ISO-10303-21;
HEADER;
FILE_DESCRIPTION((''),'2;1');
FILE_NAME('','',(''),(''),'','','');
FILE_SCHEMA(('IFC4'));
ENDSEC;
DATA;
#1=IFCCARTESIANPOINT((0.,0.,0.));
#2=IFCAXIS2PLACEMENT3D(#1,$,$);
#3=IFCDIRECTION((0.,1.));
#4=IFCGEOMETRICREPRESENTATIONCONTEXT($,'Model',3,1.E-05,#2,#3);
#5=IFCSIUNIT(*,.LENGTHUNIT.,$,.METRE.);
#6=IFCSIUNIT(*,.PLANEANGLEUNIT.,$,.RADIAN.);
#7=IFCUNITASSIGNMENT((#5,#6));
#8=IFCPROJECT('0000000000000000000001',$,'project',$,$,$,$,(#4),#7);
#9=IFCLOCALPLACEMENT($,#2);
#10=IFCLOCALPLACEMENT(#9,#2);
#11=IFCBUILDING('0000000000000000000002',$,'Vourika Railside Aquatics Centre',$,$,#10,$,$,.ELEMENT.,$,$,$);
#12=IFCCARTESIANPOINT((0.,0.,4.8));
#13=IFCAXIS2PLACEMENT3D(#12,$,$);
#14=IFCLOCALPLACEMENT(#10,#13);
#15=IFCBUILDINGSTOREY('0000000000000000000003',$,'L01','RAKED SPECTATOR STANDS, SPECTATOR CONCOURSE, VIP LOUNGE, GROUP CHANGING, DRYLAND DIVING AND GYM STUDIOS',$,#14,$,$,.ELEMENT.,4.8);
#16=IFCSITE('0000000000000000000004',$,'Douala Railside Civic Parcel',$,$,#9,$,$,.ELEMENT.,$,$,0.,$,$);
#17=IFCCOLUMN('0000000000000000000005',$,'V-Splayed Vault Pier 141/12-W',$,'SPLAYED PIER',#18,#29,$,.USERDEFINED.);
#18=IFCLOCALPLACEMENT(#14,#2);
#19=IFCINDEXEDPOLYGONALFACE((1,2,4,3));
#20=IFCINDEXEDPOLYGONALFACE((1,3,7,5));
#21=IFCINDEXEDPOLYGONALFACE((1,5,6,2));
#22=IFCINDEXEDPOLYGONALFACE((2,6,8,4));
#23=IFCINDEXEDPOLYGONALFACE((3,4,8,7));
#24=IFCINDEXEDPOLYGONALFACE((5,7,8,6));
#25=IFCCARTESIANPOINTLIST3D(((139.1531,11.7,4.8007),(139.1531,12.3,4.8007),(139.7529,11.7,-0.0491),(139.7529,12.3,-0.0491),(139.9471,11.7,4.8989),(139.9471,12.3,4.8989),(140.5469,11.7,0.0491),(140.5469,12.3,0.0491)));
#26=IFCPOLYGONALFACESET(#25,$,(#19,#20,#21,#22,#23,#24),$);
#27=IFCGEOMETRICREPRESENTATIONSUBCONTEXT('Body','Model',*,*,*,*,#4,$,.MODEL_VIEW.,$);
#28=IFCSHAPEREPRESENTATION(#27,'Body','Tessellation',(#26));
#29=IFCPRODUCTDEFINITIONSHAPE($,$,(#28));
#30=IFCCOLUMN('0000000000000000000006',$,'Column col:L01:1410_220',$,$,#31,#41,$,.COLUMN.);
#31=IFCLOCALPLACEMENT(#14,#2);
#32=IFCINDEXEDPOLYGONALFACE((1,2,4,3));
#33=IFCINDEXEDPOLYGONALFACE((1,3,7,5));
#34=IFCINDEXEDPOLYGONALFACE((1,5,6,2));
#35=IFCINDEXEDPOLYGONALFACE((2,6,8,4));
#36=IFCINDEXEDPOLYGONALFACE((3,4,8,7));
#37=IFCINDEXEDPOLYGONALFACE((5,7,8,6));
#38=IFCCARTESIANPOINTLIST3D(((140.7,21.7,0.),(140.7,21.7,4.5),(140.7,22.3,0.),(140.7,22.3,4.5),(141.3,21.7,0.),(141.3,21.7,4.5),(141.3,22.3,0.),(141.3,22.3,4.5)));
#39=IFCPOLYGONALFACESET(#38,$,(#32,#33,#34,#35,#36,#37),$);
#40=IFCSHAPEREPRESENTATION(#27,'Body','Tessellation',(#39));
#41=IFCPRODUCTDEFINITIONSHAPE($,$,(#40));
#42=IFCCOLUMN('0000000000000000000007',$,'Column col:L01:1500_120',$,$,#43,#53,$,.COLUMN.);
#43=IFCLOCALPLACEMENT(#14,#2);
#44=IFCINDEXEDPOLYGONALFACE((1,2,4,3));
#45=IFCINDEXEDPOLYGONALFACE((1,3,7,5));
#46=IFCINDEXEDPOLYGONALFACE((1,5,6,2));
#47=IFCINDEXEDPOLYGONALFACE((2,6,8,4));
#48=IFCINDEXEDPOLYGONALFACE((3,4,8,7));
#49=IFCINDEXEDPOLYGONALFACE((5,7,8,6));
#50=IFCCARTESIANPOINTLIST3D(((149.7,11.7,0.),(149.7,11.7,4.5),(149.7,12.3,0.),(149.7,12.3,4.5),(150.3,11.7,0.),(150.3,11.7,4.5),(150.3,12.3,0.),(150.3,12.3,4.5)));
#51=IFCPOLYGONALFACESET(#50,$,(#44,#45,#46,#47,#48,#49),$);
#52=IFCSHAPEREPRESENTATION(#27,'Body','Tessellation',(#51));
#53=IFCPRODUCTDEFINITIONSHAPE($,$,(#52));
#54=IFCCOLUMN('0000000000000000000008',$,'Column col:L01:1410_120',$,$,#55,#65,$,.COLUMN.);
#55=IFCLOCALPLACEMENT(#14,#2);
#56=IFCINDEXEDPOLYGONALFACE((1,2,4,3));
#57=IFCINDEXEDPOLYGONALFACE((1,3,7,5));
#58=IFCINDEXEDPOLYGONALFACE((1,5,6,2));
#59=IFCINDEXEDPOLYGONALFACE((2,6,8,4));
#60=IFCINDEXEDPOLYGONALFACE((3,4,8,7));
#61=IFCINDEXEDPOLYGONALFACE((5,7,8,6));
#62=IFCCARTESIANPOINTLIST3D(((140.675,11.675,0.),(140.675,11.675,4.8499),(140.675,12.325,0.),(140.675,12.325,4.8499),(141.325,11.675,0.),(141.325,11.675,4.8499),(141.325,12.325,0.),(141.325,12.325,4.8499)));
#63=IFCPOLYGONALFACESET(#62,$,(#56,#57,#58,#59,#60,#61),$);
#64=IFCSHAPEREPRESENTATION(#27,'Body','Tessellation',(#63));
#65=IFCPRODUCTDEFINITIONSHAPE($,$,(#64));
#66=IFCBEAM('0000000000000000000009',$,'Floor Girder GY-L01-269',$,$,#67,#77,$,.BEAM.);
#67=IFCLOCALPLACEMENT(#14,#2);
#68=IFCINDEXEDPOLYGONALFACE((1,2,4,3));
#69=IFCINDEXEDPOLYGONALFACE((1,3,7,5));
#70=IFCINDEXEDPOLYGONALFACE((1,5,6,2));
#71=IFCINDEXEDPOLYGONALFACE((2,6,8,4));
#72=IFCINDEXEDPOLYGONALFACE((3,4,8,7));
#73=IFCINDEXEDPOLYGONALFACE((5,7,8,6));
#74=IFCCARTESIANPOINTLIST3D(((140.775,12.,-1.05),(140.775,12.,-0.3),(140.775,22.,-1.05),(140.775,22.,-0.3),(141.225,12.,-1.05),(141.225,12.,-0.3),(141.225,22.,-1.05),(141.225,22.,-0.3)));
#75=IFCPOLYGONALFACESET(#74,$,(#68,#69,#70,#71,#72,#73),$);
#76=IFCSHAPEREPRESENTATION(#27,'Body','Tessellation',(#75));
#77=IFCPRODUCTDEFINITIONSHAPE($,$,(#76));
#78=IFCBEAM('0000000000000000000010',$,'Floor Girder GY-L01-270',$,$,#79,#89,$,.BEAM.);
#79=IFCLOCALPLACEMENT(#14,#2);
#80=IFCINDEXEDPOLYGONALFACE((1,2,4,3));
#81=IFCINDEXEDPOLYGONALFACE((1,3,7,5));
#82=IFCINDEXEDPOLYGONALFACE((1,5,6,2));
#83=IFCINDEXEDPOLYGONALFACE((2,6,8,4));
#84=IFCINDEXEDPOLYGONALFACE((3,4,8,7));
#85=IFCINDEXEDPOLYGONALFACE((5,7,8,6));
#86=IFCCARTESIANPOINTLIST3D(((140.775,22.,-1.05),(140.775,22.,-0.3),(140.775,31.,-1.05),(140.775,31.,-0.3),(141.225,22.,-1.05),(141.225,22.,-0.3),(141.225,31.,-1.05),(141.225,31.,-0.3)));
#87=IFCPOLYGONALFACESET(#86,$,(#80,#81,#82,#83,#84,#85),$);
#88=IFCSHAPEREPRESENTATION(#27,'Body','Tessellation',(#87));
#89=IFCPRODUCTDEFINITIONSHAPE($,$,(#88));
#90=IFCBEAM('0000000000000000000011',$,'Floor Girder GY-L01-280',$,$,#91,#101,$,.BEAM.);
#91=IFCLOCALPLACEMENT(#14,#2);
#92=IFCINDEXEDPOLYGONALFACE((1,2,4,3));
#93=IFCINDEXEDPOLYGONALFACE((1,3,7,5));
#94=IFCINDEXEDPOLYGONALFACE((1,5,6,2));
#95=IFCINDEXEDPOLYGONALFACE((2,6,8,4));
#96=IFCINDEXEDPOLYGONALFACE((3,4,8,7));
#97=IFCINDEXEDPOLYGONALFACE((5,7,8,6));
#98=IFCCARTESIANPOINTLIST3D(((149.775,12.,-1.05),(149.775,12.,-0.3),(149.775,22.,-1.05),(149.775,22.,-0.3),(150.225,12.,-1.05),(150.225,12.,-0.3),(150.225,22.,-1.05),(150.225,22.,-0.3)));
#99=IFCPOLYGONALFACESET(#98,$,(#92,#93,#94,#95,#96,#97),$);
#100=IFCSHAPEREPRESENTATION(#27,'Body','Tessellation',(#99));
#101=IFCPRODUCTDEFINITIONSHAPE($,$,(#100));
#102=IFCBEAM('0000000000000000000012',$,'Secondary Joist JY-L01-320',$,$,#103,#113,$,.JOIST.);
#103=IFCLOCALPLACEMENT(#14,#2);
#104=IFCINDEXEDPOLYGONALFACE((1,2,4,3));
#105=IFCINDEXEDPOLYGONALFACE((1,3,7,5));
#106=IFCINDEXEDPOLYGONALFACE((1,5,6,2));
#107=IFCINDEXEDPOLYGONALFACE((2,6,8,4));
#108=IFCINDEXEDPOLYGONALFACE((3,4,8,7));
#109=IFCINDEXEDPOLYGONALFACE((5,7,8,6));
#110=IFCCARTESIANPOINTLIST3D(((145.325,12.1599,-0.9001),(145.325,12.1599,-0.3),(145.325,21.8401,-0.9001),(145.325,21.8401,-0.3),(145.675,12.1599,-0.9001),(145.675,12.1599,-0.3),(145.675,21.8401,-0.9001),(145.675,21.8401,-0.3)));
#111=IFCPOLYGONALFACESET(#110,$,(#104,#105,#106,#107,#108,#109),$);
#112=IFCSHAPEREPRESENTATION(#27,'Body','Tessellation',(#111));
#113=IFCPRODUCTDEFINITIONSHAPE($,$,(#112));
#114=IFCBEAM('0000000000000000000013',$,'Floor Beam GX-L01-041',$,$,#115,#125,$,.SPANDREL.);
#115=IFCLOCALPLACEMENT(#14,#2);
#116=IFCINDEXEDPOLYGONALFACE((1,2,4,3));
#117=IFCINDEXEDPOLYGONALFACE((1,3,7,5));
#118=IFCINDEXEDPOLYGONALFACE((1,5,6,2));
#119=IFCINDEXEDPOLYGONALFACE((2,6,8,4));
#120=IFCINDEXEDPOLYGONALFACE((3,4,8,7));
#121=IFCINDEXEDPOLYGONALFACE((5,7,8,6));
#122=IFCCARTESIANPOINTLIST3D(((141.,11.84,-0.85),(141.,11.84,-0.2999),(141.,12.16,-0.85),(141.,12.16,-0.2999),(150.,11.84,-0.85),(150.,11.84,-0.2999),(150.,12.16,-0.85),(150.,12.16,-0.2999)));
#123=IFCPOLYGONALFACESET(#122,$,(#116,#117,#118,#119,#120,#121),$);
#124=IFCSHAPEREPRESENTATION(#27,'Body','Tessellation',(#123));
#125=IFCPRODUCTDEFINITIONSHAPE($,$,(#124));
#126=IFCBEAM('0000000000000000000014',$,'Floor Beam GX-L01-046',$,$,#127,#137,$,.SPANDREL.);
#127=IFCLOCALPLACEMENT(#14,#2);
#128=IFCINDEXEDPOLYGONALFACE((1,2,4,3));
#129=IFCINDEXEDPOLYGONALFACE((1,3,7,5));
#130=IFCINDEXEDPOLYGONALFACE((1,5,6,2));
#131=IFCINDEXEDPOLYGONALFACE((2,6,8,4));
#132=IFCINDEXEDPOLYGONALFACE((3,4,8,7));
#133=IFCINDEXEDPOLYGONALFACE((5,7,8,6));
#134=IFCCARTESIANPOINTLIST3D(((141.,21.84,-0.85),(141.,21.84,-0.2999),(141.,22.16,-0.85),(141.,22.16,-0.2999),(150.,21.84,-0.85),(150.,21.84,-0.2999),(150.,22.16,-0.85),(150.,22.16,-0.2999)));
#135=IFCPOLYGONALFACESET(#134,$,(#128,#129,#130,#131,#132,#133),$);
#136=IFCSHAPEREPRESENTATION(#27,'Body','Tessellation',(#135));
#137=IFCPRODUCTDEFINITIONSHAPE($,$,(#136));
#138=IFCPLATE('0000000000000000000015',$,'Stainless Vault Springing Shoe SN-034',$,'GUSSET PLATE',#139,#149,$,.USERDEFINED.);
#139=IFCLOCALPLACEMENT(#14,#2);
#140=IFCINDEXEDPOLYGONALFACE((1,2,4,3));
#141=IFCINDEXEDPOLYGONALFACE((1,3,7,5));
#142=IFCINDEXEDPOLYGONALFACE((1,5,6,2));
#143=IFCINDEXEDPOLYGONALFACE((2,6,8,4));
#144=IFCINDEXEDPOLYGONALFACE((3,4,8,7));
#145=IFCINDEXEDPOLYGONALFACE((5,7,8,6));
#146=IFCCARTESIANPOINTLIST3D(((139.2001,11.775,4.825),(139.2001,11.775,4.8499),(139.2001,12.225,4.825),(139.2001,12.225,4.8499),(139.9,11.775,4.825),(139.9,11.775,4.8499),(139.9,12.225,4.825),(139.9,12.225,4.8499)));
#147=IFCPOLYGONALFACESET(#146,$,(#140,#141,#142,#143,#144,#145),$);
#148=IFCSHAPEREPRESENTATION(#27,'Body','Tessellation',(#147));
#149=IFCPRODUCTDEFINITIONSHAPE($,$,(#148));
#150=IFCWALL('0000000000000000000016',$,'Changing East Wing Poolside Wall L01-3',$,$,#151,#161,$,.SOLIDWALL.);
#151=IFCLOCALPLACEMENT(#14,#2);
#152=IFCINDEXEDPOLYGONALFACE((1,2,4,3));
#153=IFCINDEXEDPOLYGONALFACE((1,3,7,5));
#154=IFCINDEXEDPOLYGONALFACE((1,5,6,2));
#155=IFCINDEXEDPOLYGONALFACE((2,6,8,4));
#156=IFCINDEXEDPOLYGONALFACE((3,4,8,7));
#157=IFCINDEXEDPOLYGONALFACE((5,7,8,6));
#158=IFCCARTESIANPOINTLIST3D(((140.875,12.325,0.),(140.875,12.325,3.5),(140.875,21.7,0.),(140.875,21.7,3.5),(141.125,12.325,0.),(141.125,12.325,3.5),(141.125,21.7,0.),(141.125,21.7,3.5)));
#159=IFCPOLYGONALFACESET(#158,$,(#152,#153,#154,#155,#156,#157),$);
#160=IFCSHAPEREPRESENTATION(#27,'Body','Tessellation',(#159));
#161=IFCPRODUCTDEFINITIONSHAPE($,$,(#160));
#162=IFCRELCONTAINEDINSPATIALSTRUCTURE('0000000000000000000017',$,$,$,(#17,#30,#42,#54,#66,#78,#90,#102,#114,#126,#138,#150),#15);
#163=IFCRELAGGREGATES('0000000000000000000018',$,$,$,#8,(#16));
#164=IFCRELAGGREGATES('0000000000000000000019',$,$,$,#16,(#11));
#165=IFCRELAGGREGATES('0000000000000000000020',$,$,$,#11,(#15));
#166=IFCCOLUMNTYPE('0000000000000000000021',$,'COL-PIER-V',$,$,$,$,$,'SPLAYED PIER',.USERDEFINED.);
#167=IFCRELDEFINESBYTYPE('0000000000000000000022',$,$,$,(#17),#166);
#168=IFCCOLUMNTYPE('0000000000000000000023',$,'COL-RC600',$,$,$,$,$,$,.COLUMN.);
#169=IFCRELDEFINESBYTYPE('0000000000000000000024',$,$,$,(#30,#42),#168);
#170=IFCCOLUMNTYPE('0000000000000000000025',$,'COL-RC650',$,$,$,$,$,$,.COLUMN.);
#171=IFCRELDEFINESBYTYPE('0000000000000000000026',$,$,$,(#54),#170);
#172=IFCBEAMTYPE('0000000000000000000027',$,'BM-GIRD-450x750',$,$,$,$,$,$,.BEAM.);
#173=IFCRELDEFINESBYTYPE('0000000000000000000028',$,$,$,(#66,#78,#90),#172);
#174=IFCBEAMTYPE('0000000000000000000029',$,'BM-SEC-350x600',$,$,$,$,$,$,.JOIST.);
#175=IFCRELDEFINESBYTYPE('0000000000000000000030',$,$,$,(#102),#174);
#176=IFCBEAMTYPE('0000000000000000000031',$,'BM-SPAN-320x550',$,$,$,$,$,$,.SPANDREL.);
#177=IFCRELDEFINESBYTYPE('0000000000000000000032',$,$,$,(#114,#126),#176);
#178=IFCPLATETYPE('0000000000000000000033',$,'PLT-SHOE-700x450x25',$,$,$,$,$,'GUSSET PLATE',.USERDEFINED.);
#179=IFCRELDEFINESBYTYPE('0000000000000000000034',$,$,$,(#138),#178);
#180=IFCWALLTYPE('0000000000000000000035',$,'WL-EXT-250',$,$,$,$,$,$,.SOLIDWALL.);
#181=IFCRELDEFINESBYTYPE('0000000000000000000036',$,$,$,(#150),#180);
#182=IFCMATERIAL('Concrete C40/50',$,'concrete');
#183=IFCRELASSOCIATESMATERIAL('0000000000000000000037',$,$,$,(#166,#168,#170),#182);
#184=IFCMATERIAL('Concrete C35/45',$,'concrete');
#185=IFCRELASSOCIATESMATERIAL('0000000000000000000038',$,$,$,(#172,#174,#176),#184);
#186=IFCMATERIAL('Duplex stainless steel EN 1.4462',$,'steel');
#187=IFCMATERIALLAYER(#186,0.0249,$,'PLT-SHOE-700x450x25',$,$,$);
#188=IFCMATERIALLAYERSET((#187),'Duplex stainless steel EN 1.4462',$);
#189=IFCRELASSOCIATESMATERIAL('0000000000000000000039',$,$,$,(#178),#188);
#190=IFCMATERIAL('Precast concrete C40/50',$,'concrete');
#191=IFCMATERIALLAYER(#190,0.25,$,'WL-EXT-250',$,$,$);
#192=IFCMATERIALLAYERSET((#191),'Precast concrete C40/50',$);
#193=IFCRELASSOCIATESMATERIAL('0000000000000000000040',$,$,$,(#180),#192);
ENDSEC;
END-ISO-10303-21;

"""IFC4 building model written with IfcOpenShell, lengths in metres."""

from ifc_helpers import new_model, si_unit, direction, frame, frame_2d, origin, origin_2d, place, context, subcontext, project, spatial, rectangle, extrude, material, layer, layer_set, material_profile, profile_set, type_object, element, save


model = new_model("IFC4")

# Units and contexts
model_context = context("Model", 3, precision=1e-05, world=origin(), true_north=direction((0.0, 1.0)))
body_context = subcontext(model_context, "Body", "Model", "MODEL_VIEW")
ifc_project = project(units=[si_unit("LENGTHUNIT", "METRE"), si_unit("PLANEANGLEUNIT", "RADIAN")], contexts=[model_context])

# Site, building, storey
site_placement = place(None, origin())
site = spatial("IfcSite", under=ifc_project, at=site_placement, Name="Douala Railside Civic Parcel", CompositionType="ELEMENT", RefElevation=0.0)
building_placement = place(site_placement, origin())
building = spatial("IfcBuilding", under=site, at=building_placement, Name="Vourika Railside Aquatics Centre", CompositionType="ELEMENT")
storey_placement = place(building_placement, frame((0.0, 0.0, 4.8)))
storey = spatial("IfcBuildingStorey", under=building, at=storey_placement, Name="L01", Description="RAKED SPECTATOR STANDS, SPECTATOR CONCOURSE, VIP LOUNGE, GROUP CHANGING, DRYLAND DIVING AND GYM STUDIOS", CompositionType="ELEMENT", Elevation=4.8)

# Columns
ifc_material_1 = material(Name="Concrete C40/50", Category="concrete")
ifc_material_profile_1 = material_profile(ifc_material_1, rectangle(XDim=0.6001, YDim=0.8, at=origin_2d()), Name="RC 600x800")
ifc_profile_set_1 = profile_set([ifc_material_profile_1], Name="Concrete C40/50")
column_type_1 = type_object("IfcColumnType", Name="COL-PIER-V", ElementType="SPLAYED PIER", PredefinedType="USERDEFINED", material=ifc_profile_set_1)
column_1_placement = place(storey_placement, frame((140.1499, 12.0, 0.0), z_axis=(-0.12275, 0.0, 0.992438), x_axis=(0.0, -1.0, 0.0)))
element("IfcColumn", 1, at=column_1_placement, inside=storey, type_object=column_type_1, Name="V-Splayed Vault Pier 141/12-W", ObjectType="SPLAYED PIER", PredefinedType="USERDEFINED", context=body_context, shape_type="SweptSolid", body=[
    extrude(rectangle(XDim=0.6001, YDim=0.8, at=origin_2d()), origin(), (0.0, 0.0, 1.0), 4.8867),
])
ifc_material_profile_2 = material_profile(ifc_material_1, rectangle(XDim=0.6001, YDim=0.6001, at=origin_2d()), Name="RC 600x600")
ifc_profile_set_2 = profile_set([ifc_material_profile_2], Name="Concrete C40/50")
column_type_2 = type_object("IfcColumnType", Name="COL-RC600", PredefinedType="COLUMN", material=ifc_profile_set_2)
for number, where, z_axis, x_axis, name in (
    (2, (141.0, 22.0, 0.0), (0.0, 0.0, 1.0), (1.0, 0.0, 0.0), "Column col:L01:1410_220"),
    (3, (150.0, 12.0, 0.0), (0.0, 0.0, 1.0), (1.0, 0.0, 0.0), "Column col:L01:1500_120"),
):
    element("IfcColumn", number, at=place(storey_placement, frame(where, z_axis=z_axis, x_axis=x_axis)), inside=storey, type_object=column_type_2, Name=name, PredefinedType="COLUMN", context=body_context, shape_type="SweptSolid", body=[
        extrude(rectangle(XDim=0.6001, YDim=0.6001, at=origin_2d()), origin(), (0.0, 0.0, 1.0), 4.5),
    ])
ifc_material_profile_3 = material_profile(ifc_material_1, rectangle(XDim=0.6499, YDim=0.6499, at=origin_2d()), Name="RC 650x650")
ifc_profile_set_3 = profile_set([ifc_material_profile_3], Name="Concrete C40/50")
column_type_3 = type_object("IfcColumnType", Name="COL-RC650", PredefinedType="COLUMN", material=ifc_profile_set_3)
column_2_placement = place(storey_placement, frame((141.0, 12.0, 0.0), z_axis=(0.0, 0.0, 1.0), x_axis=(1.0, 0.0, 0.0)))
element("IfcColumn", 4, at=column_2_placement, inside=storey, type_object=column_type_3, Name="Column col:L01:1410_120", PredefinedType="COLUMN", context=body_context, shape_type="SweptSolid", body=[
    extrude(rectangle(XDim=0.6499, YDim=0.6499, at=origin_2d()), origin(), (0.0, 0.0, 1.0), 4.8499),
])

# Beams
ifc_material_2 = material(Name="Concrete C35/45", Category="concrete")
ifc_material_profile_4 = material_profile(ifc_material_2, rectangle(XDim=0.45, YDim=0.75, at=origin_2d()), Name="RC 450x750")
ifc_profile_set_4 = profile_set([ifc_material_profile_4], Name="Concrete C35/45")
beam_type_1 = type_object("IfcBeamType", Name="BM-GIRD-450x750", PredefinedType="BEAM", material=ifc_profile_set_4)
beam_1_placement = place(storey_placement, frame((141.0, 12.0, -0.675), z_axis=(0.0, 1.0, 0.0), x_axis=(-1.0, 0.0, 0.0)))
element("IfcBeam", 5, at=beam_1_placement, inside=storey, type_object=beam_type_1, Name="Floor Girder GY-L01-269", PredefinedType="BEAM", context=body_context, shape_type="SweptSolid", body=[
    extrude(rectangle(XDim=0.45, YDim=0.75, at=origin_2d()), origin(), (0.0, 0.0, 1.0), 10.0),
])
beam_2_placement = place(storey_placement, frame((141.0, 22.0, -0.675), z_axis=(0.0, 1.0, 0.0), x_axis=(-1.0, 0.0, 0.0)))
element("IfcBeam", 6, at=beam_2_placement, inside=storey, type_object=beam_type_1, Name="Floor Girder GY-L01-270", PredefinedType="BEAM", context=body_context, shape_type="SweptSolid", body=[
    extrude(rectangle(XDim=0.45, YDim=0.75, at=origin_2d()), origin(), (0.0, 0.0, 1.0), 9.0),
])
beam_3_placement = place(storey_placement, frame((150.0, 12.0, -0.675), z_axis=(0.0, 1.0, 0.0), x_axis=(-1.0, 0.0, 0.0)))
element("IfcBeam", 7, at=beam_3_placement, inside=storey, type_object=beam_type_1, Name="Floor Girder GY-L01-280", PredefinedType="BEAM", context=body_context, shape_type="SweptSolid", body=[
    extrude(rectangle(XDim=0.45, YDim=0.75, at=origin_2d()), origin(), (0.0, 0.0, 1.0), 10.0),
])
ifc_material_profile_5 = material_profile(ifc_material_2, rectangle(XDim=0.3501, YDim=0.6001, at=origin_2d()), Name="RC 350x600")
ifc_profile_set_5 = profile_set([ifc_material_profile_5], Name="Concrete C35/45")
beam_type_2 = type_object("IfcBeamType", Name="BM-SEC-350x600", PredefinedType="JOIST", material=ifc_profile_set_5)
beam_4_placement = place(storey_placement, frame((145.5, 12.1599, -0.6001), z_axis=(0.0, 1.0, 0.0), x_axis=(-1.0, 0.0, 0.0)))
element("IfcBeam", 8, at=beam_4_placement, inside=storey, type_object=beam_type_2, Name="Secondary Joist JY-L01-320", PredefinedType="JOIST", context=body_context, shape_type="SweptSolid", body=[
    extrude(rectangle(XDim=0.3501, YDim=0.6001, at=origin_2d()), origin(), (0.0, 0.0, 1.0), 9.6802),
])
ifc_material_profile_6 = material_profile(ifc_material_2, rectangle(XDim=0.3201, YDim=0.55, at=origin_2d()), Name="RC 320x550")
ifc_profile_set_6 = profile_set([ifc_material_profile_6], Name="Concrete C35/45")
beam_type_3 = type_object("IfcBeamType", Name="BM-SPAN-320x550", PredefinedType="SPANDREL", material=ifc_profile_set_6)
for number, where, z_axis, x_axis, name in (
    (9, (141.0, 12.0, -0.575), (1.0, 0.0, 0.0), (0.0, 1.0, 0.0), "Floor Beam GX-L01-041"),
    (10, (141.0, 22.0, -0.575), (1.0, 0.0, 0.0), (0.0, 1.0, 0.0), "Floor Beam GX-L01-046"),
):
    element("IfcBeam", number, at=place(storey_placement, frame(where, z_axis=z_axis, x_axis=x_axis)), inside=storey, type_object=beam_type_3, Name=name, PredefinedType="SPANDREL", context=body_context, shape_type="SweptSolid", body=[
        extrude(rectangle(XDim=0.3201, YDim=0.55, at=origin_2d()), origin(), (0.0, 0.0, 1.0), 9.0),
    ])

# Plate
ifc_material_3 = material(Name="Duplex stainless steel EN 1.4462", Category="steel")
ifc_layer_1 = layer(ifc_material_3, 0.0249, Name="PLT-SHOE-700x450x25")
ifc_layer_set_1 = layer_set([ifc_layer_1], Name="Duplex stainless steel EN 1.4462")
plate_type = type_object("IfcPlateType", Name="PLT-SHOE-700x450x25", ElementType="GUSSET PLATE", PredefinedType="USERDEFINED", material=ifc_layer_set_1)
plate_placement = place(storey_placement, frame((139.55, 12.0, 4.825), z_axis=(0.0, 0.0, 1.0), x_axis=(1.0, 0.0, 0.0)))
element("IfcPlate", 11, at=plate_placement, inside=storey, type_object=plate_type, Name="Stainless Vault Springing Shoe SN-034", ObjectType="GUSSET PLATE", PredefinedType="USERDEFINED", context=body_context, shape_type="SweptSolid", body=[
    extrude(rectangle(XDim=0.7, YDim=0.45, at=origin_2d()), origin(), (0.0, 0.0, 1.0), 0.0249),
])

# Wall
ifc_material_4 = material(Name="Precast concrete C40/50", Category="concrete")
ifc_layer_2 = layer(ifc_material_4, 0.25, Name="WL-EXT-250")
ifc_layer_set_2 = layer_set([ifc_layer_2], Name="Precast concrete C40/50")
wall_type_1 = type_object("IfcWallType", Name="WL-EXT-250", PredefinedType="SOLIDWALL", material=ifc_layer_set_2)
wall_1_placement = place(storey_placement, frame((141.0, 21.7, 0.0), z_axis=(0.0, 0.0, 1.0), x_axis=(0.0, -1.0, 0.0)))
element("IfcWall", 12, at=wall_1_placement, inside=storey, type_object=wall_type_1, Name="Changing East Wing Poolside Wall L01-3", PredefinedType="SOLIDWALL", context=body_context, shape_type="SweptSolid", body=[
    extrude(rectangle(XDim=9.375, YDim=0.25, at=frame_2d((4.6875, 0.0))), origin(), (0.0, 0.0, 1.0), 3.5),
])

save(model, "model.ifc")
